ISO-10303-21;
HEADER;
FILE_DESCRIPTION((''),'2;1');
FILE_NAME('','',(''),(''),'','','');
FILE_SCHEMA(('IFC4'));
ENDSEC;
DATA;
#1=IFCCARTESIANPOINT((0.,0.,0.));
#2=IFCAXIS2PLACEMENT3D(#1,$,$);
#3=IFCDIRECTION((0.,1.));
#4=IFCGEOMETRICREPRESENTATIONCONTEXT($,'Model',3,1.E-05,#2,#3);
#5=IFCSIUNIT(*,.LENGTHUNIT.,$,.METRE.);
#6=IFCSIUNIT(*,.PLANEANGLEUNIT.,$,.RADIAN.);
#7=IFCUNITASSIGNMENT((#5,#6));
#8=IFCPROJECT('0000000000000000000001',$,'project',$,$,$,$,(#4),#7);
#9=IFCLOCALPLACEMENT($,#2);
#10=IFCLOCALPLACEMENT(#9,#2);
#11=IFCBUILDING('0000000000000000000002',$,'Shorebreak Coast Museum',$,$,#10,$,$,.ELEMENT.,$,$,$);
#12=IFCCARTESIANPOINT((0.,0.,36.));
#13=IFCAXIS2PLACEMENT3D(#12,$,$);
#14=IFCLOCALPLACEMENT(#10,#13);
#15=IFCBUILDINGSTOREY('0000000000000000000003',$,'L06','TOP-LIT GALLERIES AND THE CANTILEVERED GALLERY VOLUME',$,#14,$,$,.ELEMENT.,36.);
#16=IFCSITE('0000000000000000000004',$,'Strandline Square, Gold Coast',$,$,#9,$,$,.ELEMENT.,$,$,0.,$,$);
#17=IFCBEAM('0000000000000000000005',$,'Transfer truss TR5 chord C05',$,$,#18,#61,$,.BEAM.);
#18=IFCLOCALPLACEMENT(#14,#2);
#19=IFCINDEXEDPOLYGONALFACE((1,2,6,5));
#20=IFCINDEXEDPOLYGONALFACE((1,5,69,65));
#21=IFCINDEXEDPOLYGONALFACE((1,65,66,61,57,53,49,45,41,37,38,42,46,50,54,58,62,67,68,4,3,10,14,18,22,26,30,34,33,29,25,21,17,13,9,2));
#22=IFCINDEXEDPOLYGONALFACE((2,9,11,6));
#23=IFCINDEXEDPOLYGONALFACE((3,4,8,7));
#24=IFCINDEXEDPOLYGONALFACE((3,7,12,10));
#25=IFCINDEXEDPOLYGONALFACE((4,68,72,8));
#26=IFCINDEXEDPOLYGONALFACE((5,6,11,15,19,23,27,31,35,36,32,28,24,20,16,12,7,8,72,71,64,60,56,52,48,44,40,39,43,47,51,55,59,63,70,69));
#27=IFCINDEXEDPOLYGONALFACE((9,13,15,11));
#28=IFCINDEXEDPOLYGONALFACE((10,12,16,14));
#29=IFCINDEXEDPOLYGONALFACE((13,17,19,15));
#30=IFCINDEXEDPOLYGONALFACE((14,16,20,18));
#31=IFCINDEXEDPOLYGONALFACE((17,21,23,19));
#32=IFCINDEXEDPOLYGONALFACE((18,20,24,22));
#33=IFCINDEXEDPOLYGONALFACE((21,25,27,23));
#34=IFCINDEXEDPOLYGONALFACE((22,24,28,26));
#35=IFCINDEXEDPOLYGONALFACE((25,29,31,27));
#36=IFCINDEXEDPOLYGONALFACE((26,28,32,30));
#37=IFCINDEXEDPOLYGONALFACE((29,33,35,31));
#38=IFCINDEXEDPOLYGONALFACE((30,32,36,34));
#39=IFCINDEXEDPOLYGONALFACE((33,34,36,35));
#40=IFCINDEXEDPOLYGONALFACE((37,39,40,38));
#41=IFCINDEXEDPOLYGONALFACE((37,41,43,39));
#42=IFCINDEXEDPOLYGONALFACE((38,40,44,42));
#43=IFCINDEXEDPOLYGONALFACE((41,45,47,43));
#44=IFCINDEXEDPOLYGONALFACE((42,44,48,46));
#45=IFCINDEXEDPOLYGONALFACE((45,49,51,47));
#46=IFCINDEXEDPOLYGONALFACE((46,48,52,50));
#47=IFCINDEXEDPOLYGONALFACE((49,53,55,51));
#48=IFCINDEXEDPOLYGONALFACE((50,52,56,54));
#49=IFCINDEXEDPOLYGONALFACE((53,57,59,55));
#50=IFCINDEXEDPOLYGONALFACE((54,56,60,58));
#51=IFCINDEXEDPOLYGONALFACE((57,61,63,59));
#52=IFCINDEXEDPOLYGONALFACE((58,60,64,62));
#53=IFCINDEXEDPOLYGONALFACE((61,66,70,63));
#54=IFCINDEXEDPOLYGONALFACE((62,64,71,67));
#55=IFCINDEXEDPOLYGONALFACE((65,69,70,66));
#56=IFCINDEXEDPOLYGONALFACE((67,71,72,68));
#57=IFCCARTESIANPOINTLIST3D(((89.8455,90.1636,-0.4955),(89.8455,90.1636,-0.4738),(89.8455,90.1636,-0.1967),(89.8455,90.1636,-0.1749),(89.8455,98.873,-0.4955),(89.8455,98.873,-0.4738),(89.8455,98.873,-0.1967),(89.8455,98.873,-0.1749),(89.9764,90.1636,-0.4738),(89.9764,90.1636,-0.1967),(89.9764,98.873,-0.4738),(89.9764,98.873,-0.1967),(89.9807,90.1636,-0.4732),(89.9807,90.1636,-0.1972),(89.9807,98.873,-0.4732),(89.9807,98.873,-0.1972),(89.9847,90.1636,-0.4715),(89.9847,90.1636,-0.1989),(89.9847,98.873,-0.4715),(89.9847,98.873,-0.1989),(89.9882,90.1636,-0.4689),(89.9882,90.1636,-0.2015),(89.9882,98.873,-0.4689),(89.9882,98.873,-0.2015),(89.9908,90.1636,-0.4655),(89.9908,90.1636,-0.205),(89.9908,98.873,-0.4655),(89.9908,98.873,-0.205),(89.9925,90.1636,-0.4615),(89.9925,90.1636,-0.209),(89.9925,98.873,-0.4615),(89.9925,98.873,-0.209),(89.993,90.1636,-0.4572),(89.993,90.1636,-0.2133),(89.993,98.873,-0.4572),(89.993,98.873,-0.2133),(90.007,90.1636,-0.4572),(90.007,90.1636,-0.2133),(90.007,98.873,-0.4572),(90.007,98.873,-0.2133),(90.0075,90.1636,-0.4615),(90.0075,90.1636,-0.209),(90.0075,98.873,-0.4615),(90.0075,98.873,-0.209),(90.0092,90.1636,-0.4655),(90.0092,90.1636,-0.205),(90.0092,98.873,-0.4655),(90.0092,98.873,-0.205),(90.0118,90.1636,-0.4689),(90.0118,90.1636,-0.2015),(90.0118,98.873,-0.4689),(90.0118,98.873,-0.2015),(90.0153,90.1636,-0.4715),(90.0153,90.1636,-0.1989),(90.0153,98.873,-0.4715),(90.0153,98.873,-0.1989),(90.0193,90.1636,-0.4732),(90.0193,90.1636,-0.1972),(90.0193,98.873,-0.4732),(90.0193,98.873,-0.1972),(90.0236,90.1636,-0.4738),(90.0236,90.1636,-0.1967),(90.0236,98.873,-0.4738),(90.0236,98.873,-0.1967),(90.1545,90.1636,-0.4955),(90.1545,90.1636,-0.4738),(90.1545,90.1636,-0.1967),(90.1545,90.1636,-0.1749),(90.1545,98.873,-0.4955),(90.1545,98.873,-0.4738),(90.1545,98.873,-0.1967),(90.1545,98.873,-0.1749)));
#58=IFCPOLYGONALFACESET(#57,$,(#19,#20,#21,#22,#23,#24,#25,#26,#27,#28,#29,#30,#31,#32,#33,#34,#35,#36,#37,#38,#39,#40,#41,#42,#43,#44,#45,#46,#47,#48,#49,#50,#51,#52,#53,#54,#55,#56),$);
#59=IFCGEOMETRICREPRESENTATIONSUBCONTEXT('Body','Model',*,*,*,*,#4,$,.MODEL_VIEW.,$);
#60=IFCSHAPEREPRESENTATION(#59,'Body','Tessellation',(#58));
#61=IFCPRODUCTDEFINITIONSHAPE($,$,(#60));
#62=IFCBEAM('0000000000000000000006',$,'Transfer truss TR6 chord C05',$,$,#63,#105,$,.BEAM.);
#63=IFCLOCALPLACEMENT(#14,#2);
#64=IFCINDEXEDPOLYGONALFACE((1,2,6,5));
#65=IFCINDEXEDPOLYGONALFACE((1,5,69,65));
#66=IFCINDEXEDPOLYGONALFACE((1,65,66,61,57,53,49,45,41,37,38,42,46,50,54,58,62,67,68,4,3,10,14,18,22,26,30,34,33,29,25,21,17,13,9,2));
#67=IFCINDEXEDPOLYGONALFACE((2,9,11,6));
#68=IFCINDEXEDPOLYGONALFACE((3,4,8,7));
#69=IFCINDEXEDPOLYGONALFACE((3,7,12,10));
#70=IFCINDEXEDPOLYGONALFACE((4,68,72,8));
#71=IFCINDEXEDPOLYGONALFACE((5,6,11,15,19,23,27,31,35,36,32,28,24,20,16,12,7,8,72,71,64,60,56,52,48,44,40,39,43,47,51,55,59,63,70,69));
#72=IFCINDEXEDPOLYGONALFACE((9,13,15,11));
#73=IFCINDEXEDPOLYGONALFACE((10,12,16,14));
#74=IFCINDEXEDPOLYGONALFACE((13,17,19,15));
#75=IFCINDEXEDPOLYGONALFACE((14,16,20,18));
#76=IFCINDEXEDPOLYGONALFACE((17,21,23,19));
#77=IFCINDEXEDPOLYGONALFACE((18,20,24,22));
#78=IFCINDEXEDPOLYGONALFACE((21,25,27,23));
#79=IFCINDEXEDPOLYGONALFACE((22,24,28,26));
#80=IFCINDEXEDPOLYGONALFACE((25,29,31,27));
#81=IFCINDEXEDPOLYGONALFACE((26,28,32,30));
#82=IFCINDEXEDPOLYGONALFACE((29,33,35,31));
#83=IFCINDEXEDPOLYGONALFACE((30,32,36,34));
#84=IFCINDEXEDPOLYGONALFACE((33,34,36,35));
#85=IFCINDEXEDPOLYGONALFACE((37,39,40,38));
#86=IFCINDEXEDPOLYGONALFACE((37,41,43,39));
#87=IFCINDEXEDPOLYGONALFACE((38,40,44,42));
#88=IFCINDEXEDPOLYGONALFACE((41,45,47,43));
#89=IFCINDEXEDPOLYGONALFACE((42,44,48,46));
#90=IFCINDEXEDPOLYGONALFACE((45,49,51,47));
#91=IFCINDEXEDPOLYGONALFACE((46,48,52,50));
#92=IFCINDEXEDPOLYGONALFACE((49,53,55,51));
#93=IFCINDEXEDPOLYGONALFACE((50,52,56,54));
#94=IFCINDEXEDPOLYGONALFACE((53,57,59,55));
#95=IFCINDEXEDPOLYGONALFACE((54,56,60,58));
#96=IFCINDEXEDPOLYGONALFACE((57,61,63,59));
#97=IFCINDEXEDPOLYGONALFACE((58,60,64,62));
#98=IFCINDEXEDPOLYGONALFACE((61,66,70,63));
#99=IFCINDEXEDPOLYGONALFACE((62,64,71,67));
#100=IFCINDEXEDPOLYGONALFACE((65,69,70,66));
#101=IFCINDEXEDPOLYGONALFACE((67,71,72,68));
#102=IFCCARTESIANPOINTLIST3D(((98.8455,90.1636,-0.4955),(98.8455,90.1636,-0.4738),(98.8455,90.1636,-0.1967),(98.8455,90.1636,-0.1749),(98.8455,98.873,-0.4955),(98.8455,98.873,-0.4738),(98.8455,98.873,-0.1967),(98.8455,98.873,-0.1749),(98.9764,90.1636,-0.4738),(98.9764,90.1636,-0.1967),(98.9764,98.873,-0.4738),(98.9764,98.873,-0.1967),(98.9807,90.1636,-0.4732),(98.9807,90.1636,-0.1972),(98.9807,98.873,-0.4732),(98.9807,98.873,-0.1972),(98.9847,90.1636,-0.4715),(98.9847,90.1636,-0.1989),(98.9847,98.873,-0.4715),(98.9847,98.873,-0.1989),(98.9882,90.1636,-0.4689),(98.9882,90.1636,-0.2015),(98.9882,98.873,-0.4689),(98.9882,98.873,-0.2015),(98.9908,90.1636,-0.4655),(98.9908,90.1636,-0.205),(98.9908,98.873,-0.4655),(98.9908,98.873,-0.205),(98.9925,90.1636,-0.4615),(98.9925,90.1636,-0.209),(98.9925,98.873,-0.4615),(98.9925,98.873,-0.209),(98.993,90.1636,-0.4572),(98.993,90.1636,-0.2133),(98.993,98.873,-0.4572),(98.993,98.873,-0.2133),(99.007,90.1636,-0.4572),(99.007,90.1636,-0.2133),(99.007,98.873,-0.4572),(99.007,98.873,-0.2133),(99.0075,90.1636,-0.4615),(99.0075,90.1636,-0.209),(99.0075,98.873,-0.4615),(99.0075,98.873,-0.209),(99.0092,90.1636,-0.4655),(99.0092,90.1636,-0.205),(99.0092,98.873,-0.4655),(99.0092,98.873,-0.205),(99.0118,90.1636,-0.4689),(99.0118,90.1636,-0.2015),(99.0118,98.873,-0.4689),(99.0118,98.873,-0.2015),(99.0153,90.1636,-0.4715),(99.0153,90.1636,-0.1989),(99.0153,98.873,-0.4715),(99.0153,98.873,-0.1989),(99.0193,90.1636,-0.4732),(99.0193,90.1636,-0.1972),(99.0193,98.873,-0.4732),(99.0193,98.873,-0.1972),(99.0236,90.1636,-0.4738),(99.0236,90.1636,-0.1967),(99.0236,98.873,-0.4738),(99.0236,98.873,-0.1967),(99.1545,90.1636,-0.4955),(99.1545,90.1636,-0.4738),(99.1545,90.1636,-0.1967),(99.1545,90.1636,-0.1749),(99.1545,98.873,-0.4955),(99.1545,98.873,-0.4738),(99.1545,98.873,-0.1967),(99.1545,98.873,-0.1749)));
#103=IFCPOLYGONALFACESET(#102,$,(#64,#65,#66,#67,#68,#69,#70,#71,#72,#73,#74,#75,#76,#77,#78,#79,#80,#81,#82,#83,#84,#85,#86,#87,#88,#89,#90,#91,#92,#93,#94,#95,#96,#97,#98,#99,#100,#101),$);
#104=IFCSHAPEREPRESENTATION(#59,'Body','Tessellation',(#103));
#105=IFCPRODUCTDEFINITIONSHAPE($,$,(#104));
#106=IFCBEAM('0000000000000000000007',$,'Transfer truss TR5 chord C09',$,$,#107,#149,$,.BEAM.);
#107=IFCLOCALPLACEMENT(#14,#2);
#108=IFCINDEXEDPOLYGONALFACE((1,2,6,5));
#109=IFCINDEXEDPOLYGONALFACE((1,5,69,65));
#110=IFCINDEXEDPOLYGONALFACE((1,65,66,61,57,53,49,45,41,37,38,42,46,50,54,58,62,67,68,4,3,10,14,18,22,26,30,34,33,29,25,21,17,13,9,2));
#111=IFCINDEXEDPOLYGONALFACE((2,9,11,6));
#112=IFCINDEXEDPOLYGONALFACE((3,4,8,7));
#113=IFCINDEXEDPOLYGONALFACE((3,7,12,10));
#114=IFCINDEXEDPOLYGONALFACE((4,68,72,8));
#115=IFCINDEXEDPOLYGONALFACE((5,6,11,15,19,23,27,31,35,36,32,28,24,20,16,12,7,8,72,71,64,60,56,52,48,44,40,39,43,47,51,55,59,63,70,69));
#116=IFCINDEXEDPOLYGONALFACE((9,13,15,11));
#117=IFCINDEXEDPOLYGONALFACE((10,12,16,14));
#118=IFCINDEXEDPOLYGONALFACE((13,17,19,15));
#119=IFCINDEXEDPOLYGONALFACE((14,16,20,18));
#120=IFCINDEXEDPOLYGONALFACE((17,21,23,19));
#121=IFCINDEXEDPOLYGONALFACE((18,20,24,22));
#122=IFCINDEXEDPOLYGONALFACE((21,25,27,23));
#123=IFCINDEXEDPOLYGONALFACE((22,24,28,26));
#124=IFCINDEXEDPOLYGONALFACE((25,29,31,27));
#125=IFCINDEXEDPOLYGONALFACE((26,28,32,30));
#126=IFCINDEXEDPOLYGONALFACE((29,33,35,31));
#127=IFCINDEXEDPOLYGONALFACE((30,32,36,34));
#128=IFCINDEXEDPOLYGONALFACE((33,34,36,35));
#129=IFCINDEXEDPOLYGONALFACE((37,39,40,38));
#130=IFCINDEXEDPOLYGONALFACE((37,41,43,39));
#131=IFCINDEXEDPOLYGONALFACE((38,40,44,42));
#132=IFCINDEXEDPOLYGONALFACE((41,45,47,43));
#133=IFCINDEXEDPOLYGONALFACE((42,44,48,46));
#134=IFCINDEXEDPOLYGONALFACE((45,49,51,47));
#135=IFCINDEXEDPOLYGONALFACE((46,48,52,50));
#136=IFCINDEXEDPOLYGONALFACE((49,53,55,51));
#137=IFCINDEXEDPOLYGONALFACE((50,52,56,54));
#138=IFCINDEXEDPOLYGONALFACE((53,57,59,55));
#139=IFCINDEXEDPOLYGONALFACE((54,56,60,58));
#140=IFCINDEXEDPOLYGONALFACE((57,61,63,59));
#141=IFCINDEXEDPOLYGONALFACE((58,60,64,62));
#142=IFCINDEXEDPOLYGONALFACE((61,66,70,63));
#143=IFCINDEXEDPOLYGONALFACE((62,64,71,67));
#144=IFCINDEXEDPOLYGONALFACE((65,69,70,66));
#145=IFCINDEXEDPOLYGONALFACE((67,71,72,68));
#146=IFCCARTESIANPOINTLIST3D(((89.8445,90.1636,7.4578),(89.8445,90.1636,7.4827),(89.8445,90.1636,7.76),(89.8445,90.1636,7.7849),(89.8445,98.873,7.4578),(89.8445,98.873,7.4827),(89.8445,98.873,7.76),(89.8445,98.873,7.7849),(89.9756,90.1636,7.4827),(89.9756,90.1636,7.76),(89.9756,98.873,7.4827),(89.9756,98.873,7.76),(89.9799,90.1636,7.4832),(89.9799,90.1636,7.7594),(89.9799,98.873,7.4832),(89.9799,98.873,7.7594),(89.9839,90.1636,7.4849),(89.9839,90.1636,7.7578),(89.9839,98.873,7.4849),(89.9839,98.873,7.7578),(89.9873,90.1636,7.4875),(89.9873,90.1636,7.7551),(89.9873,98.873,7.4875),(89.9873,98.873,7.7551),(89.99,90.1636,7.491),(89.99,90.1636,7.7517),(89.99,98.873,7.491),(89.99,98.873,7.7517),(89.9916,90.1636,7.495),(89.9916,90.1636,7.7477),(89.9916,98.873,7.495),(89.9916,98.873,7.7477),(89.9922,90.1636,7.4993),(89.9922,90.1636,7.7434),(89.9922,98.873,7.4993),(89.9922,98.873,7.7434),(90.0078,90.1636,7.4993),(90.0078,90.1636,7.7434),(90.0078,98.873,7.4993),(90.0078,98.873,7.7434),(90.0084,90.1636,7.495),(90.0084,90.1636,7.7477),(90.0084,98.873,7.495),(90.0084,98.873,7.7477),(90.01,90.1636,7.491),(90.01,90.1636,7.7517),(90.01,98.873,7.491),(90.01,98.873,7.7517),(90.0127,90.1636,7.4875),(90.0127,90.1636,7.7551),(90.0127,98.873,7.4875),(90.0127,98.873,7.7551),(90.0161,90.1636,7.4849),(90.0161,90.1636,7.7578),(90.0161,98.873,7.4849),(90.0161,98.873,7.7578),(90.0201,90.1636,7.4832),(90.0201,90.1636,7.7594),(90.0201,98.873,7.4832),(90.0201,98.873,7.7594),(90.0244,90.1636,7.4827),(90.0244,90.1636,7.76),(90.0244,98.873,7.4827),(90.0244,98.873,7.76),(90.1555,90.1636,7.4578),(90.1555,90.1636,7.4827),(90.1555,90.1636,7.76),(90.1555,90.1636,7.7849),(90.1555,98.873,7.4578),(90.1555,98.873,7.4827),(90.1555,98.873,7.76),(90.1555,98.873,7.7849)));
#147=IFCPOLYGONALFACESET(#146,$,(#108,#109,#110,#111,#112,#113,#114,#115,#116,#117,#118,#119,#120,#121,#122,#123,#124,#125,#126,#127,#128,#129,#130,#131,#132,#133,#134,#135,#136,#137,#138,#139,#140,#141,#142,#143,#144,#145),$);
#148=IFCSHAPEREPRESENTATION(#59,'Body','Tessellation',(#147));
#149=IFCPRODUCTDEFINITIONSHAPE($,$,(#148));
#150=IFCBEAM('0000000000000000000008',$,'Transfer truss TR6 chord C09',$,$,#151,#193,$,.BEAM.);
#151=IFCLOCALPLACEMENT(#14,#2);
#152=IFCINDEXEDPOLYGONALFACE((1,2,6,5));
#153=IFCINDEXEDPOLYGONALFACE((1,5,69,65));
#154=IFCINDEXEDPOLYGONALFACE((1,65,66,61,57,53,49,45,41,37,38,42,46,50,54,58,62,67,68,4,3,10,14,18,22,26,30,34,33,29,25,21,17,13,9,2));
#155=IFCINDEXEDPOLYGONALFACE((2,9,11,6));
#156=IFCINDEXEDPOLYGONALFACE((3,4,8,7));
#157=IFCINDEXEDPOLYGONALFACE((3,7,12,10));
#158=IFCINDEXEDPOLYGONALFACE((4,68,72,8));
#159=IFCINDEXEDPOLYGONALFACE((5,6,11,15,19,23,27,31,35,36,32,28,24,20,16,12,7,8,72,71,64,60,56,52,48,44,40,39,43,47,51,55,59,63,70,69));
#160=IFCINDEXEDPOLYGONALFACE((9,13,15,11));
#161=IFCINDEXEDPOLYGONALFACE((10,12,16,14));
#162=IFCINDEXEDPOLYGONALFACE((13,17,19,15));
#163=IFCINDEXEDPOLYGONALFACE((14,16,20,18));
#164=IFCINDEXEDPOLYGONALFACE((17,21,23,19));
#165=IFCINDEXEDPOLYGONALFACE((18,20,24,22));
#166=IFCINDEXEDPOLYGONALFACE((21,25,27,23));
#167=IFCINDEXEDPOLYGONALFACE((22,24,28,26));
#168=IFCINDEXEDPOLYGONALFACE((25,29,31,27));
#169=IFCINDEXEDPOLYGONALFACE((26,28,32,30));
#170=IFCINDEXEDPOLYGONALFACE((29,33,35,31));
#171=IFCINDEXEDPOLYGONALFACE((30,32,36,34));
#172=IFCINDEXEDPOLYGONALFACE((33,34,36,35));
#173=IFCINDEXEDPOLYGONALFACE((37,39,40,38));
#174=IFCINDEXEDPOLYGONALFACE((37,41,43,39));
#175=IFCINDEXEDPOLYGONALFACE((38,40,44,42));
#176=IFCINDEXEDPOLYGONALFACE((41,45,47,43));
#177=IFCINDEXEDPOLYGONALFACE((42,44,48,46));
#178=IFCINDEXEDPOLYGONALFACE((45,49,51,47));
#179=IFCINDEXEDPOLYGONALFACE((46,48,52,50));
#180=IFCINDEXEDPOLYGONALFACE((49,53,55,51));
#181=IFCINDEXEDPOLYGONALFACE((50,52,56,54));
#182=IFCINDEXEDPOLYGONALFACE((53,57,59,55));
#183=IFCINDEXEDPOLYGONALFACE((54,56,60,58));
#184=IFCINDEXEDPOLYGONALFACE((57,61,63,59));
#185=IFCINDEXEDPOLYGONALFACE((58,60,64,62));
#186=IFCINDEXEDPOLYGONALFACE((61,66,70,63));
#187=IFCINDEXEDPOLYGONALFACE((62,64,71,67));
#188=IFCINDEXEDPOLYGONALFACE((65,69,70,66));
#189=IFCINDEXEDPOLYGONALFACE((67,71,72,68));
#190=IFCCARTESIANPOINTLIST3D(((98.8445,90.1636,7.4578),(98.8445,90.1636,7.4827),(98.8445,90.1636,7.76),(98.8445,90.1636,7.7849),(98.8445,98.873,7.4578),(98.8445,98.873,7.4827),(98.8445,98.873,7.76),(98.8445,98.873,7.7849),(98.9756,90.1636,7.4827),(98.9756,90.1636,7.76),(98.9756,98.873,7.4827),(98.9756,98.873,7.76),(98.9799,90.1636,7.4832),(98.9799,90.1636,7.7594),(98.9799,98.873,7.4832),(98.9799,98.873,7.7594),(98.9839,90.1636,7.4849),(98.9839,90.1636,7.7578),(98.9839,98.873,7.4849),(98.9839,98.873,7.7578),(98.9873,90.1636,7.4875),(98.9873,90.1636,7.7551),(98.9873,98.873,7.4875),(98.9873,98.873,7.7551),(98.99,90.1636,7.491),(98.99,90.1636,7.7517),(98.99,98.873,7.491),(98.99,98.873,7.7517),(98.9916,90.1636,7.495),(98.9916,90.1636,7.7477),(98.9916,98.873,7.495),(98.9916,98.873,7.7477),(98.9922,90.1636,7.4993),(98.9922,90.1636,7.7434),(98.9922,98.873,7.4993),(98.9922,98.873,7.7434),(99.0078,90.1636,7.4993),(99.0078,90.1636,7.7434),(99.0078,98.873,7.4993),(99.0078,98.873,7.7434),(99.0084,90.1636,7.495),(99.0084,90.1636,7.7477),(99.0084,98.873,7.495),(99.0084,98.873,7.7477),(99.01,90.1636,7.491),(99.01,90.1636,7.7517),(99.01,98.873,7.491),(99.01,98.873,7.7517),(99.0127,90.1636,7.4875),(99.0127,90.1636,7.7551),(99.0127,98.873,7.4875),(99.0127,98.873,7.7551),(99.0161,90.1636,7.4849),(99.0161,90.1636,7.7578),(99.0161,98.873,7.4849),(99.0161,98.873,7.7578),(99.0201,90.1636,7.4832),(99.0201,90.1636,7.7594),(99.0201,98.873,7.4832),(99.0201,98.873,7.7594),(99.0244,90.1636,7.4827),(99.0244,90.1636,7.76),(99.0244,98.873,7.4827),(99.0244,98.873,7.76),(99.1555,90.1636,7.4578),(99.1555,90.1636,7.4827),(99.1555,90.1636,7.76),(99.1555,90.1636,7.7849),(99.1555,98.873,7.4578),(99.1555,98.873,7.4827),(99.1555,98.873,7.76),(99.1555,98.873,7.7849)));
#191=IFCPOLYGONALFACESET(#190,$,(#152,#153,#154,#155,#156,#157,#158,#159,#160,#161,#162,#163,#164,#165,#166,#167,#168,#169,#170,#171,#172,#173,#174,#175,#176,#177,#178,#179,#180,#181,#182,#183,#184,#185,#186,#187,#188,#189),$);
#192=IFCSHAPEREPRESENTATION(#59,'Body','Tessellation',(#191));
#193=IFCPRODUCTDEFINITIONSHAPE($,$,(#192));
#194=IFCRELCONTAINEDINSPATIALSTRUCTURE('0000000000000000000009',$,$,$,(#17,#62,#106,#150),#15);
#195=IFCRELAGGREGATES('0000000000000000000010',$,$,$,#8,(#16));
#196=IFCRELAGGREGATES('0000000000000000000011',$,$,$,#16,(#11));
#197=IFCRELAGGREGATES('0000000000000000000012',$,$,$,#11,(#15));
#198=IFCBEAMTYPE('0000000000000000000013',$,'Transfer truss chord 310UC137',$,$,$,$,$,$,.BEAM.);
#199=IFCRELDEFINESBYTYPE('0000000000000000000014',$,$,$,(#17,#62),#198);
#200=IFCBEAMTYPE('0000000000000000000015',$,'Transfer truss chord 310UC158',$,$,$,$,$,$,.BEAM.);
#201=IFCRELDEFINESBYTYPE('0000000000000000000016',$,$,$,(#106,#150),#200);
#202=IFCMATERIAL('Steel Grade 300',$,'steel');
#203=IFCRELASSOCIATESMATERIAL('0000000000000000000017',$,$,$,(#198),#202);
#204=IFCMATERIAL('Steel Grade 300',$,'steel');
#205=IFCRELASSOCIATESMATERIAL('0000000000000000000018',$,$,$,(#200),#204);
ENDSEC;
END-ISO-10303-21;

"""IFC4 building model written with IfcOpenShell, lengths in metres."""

from ifc_helpers import new_model, si_unit, direction, frame, origin, origin_2d, place, context, subcontext, project, spatial, i_section, extrude, material, material_profile, profile_set, type_object, element, save


model = new_model("IFC4")

# Units and contexts
model_context = context("Model", 3, precision=1e-05, world=origin(), true_north=direction((0.0, 1.0)))
body_context = subcontext(model_context, "Body", "Model", "MODEL_VIEW")
ifc_project = project(units=[si_unit("LENGTHUNIT", "METRE"), si_unit("PLANEANGLEUNIT", "RADIAN")], contexts=[model_context])

# Site, building, storey
site_placement = place(None, origin())
site = spatial("IfcSite", under=ifc_project, at=site_placement, Name="Strandline Square, Gold Coast", CompositionType="ELEMENT", RefElevation=0.0)
building_placement = place(site_placement, origin())
building = spatial("IfcBuilding", under=site, at=building_placement, Name="Shorebreak Coast Museum", CompositionType="ELEMENT")
storey_placement = place(building_placement, frame((0.0, 0.0, 36.0)))
storey = spatial("IfcBuildingStorey", under=building, at=storey_placement, Name="L06", Description="TOP-LIT GALLERIES AND THE CANTILEVERED GALLERY VOLUME", CompositionType="ELEMENT", Elevation=36.0)

# Beams
ifc_material_1 = material(Name="Steel Grade 300", Category="steel")
ifc_material_profile_1 = material_profile(ifc_material_1, i_section(OverallWidth=0.3091, OverallDepth=0.3206, WebThickness=0.0139, FlangeThickness=0.0217, FilletRadius=0.0166, at=origin_2d()), Name="310UC137")
ifc_profile_set_1 = profile_set([ifc_material_profile_1], Name="Steel Grade 300")
beam_type_1 = type_object("IfcBeamType", Name="Transfer truss chord 310UC137", PredefinedType="BEAM", material=ifc_profile_set_1)
for number, where, z_axis, x_axis, name in (
    (1, (90.0, 90.1636, -0.3352), (0.0, 1.0, 0.0), (-1.0, 0.0, 0.0), "Transfer truss TR5 chord C05"),
    (2, (99.0, 90.1636, -0.3352), (0.0, 1.0, 0.0), (-1.0, 0.0, 0.0), "Transfer truss TR6 chord C05"),
):
    element("IfcBeam", number, at=place(storey_placement, frame(where, z_axis=z_axis, x_axis=x_axis)), inside=storey, type_object=beam_type_1, Name=name, PredefinedType="BEAM", context=body_context, shape_type="SweptSolid", body=[
        extrude(i_section(OverallWidth=0.3091, OverallDepth=0.3206, WebThickness=0.0139, FlangeThickness=0.0217, FilletRadius=0.0166, at=origin_2d()), origin(), (0.0, 0.0, 1.0), 8.7095),
    ])
ifc_material_2 = material(Name="Steel Grade 300", Category="steel")
ifc_material_profile_2 = material_profile(ifc_material_2, i_section(OverallWidth=0.311, OverallDepth=0.3271, WebThickness=0.0156, FlangeThickness=0.0249, FilletRadius=0.0166, at=origin_2d()), Name="310UC158")
ifc_profile_set_2 = profile_set([ifc_material_profile_2], Name="Steel Grade 300")
beam_type_2 = type_object("IfcBeamType", Name="Transfer truss chord 310UC158", PredefinedType="BEAM", material=ifc_profile_set_2)
for number, where, z_axis, x_axis, name in (
    (3, (90.0, 90.1636, 7.6213), (0.0, 1.0, 0.0), (-1.0, 0.0, 0.0), "Transfer truss TR5 chord C09"),
    (4, (99.0, 90.1636, 7.6213), (0.0, 1.0, 0.0), (-1.0, 0.0, 0.0), "Transfer truss TR6 chord C09"),
):
    element("IfcBeam", number, at=place(storey_placement, frame(where, z_axis=z_axis, x_axis=x_axis)), inside=storey, type_object=beam_type_2, Name=name, PredefinedType="BEAM", context=body_context, shape_type="SweptSolid", body=[
        extrude(i_section(OverallWidth=0.311, OverallDepth=0.3271, WebThickness=0.0156, FlangeThickness=0.0249, FilletRadius=0.0166, at=origin_2d()), origin(), (0.0, 0.0, 1.0), 8.7095),
    ])

save(model, "model.ifc")
